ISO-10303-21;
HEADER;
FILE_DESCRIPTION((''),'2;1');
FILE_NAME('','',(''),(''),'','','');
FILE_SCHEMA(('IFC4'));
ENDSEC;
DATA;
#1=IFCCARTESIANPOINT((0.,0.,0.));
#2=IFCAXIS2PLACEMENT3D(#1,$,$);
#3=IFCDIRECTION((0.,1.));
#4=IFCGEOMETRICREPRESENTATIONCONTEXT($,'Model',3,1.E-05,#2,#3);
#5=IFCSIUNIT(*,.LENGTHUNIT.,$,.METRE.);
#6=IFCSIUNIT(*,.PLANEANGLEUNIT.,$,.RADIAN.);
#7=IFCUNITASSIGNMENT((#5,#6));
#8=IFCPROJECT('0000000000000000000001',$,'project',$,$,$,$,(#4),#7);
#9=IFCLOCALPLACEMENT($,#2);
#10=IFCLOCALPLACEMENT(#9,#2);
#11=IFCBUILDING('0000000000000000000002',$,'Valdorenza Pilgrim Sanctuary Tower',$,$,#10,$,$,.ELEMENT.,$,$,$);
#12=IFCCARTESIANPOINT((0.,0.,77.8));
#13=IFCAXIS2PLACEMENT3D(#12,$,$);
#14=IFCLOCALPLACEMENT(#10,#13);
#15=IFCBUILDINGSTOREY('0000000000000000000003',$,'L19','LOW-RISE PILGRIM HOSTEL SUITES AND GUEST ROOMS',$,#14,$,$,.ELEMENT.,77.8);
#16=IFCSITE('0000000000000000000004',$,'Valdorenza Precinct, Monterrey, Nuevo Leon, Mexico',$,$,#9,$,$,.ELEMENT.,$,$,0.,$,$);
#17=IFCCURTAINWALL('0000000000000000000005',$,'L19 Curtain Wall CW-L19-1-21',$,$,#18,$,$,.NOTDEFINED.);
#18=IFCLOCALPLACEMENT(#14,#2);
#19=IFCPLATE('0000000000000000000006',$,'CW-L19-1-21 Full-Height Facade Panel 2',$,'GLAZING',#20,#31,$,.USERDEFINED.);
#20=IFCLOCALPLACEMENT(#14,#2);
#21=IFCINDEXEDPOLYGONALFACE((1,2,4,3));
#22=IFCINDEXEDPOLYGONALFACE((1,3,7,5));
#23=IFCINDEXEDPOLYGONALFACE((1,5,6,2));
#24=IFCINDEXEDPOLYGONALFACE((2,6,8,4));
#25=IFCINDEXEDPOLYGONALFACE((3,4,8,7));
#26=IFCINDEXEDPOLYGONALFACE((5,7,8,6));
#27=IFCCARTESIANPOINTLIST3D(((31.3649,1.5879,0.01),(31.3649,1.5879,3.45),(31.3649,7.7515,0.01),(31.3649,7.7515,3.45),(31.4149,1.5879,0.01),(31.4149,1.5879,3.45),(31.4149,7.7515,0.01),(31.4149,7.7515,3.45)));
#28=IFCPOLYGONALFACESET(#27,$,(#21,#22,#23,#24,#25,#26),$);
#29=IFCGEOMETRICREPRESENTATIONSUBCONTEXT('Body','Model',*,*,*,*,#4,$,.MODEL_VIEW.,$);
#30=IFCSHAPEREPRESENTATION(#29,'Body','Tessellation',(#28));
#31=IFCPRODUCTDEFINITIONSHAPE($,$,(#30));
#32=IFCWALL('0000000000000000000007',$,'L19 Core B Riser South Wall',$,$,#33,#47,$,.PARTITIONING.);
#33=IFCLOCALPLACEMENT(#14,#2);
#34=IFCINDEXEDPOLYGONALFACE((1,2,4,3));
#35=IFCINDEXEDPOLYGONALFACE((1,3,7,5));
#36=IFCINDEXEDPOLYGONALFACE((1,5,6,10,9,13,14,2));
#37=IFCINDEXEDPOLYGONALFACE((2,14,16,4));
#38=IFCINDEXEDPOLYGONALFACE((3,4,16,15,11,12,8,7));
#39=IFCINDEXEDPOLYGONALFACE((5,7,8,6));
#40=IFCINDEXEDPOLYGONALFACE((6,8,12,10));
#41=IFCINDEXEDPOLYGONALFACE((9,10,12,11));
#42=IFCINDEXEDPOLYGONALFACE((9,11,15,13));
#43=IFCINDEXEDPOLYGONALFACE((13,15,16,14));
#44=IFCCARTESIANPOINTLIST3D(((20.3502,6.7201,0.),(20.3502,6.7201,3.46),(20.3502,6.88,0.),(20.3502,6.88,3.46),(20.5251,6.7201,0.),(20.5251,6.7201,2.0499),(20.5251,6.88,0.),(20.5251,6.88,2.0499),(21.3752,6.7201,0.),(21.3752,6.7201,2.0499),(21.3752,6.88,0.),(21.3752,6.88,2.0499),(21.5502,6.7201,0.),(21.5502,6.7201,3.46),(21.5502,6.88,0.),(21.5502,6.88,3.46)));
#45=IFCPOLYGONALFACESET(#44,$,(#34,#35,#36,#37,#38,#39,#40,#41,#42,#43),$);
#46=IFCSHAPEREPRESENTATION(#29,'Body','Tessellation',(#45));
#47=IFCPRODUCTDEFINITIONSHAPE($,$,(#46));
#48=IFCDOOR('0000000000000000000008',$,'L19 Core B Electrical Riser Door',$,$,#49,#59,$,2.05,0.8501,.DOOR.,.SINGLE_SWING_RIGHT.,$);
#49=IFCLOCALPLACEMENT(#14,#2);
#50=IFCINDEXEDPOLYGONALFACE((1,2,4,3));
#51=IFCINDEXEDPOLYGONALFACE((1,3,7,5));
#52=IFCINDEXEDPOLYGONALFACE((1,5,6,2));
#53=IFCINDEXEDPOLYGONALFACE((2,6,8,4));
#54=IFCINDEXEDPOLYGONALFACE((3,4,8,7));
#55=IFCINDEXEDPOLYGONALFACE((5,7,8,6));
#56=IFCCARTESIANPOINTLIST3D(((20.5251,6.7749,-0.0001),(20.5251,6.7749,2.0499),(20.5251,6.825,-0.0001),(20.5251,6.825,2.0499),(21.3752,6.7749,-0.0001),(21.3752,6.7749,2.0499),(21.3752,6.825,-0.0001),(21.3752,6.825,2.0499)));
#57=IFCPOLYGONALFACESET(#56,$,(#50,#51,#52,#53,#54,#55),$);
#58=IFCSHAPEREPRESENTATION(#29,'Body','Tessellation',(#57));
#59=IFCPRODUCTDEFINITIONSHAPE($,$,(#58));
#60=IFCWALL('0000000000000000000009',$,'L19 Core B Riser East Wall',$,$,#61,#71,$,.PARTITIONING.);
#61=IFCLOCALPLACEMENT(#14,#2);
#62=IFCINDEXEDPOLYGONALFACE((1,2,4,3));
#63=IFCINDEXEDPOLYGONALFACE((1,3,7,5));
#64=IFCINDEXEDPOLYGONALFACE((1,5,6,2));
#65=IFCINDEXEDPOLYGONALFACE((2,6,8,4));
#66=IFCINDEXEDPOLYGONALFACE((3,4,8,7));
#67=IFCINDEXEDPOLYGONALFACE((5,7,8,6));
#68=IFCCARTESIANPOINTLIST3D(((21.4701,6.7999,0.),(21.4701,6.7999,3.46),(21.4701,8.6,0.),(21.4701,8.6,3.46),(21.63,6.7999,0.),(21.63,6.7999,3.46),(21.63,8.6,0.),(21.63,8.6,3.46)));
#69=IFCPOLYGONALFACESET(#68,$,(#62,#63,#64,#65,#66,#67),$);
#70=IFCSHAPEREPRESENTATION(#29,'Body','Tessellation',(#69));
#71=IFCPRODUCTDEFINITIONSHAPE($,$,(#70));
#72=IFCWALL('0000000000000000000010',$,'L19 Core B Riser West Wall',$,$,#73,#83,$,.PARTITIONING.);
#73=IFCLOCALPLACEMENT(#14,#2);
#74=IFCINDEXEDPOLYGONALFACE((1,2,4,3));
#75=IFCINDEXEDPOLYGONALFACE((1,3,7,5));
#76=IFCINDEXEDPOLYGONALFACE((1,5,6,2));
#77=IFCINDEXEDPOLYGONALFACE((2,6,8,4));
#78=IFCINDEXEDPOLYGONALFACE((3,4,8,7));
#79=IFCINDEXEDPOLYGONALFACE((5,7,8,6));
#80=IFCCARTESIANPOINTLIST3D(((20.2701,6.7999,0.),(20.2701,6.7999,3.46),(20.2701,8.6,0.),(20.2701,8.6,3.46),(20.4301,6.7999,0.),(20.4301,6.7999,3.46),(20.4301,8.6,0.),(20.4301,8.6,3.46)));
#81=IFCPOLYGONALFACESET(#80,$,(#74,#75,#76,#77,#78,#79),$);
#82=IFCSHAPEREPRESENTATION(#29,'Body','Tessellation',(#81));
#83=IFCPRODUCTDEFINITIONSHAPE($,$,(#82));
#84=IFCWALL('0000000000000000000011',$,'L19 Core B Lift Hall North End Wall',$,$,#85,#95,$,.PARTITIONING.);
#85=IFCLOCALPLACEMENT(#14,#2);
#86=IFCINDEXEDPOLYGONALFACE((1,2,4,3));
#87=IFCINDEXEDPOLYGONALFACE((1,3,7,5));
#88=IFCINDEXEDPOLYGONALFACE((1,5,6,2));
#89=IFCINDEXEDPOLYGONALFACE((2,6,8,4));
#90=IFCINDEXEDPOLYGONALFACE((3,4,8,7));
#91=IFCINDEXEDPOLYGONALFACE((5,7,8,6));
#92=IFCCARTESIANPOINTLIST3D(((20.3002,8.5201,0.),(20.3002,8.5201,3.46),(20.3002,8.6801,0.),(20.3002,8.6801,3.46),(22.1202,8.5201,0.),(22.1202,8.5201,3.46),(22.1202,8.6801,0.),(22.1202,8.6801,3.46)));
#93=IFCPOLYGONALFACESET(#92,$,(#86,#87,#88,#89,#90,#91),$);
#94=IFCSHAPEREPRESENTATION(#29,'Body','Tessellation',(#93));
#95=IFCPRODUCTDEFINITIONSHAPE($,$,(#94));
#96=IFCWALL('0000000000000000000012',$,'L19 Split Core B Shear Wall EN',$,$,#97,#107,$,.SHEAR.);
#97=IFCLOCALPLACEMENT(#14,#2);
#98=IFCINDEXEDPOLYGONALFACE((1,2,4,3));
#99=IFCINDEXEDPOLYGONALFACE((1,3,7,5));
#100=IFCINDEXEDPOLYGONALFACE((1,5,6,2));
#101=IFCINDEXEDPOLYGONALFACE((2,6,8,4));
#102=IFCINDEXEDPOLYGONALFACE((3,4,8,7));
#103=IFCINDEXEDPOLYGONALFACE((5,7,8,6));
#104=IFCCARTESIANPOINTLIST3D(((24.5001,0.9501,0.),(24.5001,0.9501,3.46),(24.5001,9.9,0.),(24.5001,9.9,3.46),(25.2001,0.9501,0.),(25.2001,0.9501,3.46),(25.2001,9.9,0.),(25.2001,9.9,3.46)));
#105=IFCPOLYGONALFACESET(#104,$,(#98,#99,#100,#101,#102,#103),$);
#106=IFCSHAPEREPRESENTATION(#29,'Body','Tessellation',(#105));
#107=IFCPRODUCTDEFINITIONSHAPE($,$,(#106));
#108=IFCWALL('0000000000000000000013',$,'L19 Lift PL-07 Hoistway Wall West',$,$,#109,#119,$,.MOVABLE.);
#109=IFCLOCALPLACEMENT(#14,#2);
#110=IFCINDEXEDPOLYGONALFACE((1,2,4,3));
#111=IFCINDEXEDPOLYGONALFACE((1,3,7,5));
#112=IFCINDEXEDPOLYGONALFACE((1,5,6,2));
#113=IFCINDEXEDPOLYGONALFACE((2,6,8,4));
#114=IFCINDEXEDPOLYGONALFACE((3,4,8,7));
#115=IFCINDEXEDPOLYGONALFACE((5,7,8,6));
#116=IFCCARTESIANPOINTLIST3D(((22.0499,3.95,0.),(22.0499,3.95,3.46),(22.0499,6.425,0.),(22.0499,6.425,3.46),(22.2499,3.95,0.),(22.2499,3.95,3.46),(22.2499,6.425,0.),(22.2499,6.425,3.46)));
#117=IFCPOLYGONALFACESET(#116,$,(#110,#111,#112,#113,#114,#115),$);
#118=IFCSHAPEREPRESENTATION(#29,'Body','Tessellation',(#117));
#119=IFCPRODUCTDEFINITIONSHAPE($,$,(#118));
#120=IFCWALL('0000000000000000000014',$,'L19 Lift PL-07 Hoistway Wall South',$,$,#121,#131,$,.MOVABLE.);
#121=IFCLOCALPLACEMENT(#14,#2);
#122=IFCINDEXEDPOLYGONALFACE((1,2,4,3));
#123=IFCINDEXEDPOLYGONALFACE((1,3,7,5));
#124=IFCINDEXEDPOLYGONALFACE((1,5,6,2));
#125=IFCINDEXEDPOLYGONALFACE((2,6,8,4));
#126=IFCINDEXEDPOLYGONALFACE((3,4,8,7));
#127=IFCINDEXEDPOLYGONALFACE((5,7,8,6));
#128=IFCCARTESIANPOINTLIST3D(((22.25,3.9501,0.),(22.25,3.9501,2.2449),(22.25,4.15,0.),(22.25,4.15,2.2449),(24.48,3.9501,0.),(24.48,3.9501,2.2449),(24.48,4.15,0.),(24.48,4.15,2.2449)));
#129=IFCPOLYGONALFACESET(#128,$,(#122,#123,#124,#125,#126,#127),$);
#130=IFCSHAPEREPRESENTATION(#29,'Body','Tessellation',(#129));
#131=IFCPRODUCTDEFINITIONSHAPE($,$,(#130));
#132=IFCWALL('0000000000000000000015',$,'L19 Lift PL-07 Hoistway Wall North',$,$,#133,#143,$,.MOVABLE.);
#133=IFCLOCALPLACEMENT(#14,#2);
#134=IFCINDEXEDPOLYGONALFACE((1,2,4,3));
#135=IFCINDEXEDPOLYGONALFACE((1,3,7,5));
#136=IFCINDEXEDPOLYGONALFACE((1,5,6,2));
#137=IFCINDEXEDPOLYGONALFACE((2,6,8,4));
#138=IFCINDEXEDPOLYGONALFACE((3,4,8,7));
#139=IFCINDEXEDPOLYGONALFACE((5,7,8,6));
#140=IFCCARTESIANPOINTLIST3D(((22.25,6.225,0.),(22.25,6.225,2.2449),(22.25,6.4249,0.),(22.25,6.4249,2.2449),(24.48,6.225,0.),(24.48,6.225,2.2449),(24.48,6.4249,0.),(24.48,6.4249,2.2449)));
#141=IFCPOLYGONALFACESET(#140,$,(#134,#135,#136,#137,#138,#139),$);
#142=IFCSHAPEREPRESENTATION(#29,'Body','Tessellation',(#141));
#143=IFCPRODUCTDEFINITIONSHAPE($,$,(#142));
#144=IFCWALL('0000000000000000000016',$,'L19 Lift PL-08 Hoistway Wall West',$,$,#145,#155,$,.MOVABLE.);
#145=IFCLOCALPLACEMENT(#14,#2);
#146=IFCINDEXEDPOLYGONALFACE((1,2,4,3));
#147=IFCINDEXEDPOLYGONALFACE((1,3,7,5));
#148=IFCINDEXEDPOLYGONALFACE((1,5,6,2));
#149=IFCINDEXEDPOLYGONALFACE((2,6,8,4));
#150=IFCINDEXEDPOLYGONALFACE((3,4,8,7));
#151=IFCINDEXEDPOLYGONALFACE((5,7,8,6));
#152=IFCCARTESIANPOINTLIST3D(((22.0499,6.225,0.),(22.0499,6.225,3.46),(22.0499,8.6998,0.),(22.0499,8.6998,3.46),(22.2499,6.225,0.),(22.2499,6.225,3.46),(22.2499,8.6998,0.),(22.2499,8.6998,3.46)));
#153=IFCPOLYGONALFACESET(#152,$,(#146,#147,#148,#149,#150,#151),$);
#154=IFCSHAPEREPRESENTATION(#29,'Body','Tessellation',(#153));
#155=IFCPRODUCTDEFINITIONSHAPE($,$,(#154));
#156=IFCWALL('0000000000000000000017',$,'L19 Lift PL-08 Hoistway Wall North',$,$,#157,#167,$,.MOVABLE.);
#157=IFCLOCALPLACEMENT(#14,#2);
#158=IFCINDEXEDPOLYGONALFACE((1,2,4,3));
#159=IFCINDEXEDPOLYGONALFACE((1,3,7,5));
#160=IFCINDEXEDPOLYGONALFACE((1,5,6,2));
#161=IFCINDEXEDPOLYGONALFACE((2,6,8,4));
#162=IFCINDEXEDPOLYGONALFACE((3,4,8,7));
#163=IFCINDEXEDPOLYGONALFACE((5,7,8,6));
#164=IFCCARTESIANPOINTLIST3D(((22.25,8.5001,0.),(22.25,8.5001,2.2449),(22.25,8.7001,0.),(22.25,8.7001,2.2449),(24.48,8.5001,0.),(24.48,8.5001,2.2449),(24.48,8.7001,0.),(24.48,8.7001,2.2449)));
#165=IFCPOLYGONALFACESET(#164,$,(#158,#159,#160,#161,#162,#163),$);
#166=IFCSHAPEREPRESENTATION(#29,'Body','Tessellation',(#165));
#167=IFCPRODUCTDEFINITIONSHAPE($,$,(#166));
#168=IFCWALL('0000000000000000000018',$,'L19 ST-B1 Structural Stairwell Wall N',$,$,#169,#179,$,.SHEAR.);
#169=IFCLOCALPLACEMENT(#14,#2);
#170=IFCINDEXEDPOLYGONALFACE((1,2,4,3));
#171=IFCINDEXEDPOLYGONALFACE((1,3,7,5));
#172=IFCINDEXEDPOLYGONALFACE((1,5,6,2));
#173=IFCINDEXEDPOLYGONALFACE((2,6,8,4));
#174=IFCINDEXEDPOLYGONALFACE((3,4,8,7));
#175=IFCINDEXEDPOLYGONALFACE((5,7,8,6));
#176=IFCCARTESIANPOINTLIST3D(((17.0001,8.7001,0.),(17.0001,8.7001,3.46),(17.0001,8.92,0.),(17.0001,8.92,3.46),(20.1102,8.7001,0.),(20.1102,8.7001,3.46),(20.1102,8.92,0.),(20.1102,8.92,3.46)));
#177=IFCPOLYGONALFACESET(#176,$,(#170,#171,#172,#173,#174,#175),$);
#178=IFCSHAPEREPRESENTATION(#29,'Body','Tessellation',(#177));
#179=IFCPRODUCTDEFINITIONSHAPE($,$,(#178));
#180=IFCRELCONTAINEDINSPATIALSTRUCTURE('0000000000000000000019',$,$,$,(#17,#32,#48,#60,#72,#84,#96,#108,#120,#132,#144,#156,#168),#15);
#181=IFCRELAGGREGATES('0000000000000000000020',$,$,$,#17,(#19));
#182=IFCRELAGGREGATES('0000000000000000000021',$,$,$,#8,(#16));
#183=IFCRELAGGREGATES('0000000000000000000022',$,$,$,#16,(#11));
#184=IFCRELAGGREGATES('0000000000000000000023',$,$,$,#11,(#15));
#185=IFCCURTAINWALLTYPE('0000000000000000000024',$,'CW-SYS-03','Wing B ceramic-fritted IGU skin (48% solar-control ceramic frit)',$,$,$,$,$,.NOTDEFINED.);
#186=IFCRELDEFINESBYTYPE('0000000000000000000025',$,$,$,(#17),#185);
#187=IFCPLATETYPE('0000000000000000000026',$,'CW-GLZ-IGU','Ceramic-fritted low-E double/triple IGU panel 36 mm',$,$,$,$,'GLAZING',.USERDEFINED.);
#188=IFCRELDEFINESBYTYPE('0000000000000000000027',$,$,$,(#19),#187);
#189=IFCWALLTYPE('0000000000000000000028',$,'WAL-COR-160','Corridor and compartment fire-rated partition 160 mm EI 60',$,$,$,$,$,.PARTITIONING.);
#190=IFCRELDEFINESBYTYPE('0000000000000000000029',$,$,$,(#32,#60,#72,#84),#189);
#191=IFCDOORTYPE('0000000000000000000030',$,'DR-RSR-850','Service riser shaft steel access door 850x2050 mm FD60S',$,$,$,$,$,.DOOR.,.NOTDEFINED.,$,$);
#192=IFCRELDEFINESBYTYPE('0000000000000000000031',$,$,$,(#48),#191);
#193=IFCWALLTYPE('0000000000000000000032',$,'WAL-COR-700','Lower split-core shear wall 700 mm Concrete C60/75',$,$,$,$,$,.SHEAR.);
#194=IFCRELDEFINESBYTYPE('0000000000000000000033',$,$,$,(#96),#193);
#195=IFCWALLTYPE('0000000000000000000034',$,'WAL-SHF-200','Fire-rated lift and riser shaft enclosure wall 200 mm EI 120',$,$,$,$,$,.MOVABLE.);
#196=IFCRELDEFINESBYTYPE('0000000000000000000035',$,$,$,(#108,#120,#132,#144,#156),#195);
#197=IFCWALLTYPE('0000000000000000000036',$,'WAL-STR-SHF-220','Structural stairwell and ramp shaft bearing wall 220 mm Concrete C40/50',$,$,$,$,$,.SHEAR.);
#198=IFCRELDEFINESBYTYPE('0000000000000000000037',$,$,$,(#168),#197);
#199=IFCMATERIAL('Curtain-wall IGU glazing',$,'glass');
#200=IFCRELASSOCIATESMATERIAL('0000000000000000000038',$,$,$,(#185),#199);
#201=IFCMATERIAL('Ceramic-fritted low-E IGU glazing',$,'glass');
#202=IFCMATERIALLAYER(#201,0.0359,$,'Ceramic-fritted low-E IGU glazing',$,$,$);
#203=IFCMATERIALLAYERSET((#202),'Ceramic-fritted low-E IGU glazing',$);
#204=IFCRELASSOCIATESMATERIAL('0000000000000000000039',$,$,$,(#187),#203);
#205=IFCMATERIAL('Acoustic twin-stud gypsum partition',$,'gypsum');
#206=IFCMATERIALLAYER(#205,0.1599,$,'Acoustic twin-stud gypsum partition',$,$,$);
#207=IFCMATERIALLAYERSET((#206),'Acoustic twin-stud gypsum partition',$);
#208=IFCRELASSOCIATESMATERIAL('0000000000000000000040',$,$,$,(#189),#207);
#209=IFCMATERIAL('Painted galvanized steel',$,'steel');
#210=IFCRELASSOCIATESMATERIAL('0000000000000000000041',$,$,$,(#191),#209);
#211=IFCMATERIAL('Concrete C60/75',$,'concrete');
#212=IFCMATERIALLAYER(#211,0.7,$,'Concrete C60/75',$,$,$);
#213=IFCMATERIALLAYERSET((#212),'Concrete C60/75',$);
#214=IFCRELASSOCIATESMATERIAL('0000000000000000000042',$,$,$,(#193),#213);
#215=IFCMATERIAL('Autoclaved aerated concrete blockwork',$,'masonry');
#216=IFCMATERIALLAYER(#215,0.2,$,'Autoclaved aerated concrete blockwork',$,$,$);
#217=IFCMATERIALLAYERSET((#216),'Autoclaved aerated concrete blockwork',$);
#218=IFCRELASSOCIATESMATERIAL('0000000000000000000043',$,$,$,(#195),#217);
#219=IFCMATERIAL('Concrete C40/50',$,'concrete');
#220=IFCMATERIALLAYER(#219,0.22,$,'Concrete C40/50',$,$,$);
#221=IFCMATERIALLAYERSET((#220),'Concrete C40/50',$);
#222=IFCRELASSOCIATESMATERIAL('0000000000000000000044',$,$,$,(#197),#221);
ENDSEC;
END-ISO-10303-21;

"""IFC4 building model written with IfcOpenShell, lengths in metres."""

from ifc_helpers import new_model, si_unit, direction, frame, frame_2d, origin, origin_2d, place, context, subcontext, project, spatial, rectangle, extrude, source, transform, mapped, material, layer, layer_set, type_object, element, fill, aggregate, save


model = new_model("IFC4")

# Units and contexts
model_context = context("Model", 3, precision=1e-05, world=origin(), true_north=direction((0.0, 1.0)))
body_context = subcontext(model_context, "Body", "Model", "MODEL_VIEW")
ifc_project = project(units=[si_unit("LENGTHUNIT", "METRE"), si_unit("PLANEANGLEUNIT", "RADIAN")], contexts=[model_context])

# Site, building, storey
site_placement = place(None, origin())
site = spatial("IfcSite", under=ifc_project, at=site_placement, Name="Valdorenza Precinct, Monterrey, Nuevo Leon, Mexico", CompositionType="ELEMENT", RefElevation=0.0)
building_placement = place(site_placement, origin())
building = spatial("IfcBuilding", under=site, at=building_placement, Name="Valdorenza Pilgrim Sanctuary Tower", CompositionType="ELEMENT")
storey_placement = place(building_placement, frame((0.0, 0.0, 77.8)))
storey = spatial("IfcBuildingStorey", under=building, at=storey_placement, Name="L19", Description="LOW-RISE PILGRIM HOSTEL SUITES AND GUEST ROOMS", CompositionType="ELEMENT", Elevation=77.8)

# Curtain wall, plate
ifc_material_1 = material(Name="Curtain-wall IGU glazing", Category="glass")
curtain_wall_type = type_object("IfcCurtainWallType", Name="CW-SYS-03", Description="Wing B ceramic-fritted IGU skin (48% solar-control ceramic frit)", PredefinedType="NOTDEFINED", material=ifc_material_1)
curtain_wall_placement = place(storey_placement, origin())
curtain_wall = element("IfcCurtainWall", 1, at=curtain_wall_placement, inside=storey, type_object=curtain_wall_type, Name="L19 Curtain Wall CW-L19-1-21", PredefinedType="NOTDEFINED")
ifc_material_2 = material(Name="Ceramic-fritted low-E IGU glazing", Category="glass")
ifc_layer_1 = layer(ifc_material_2, 0.0359, Name="Ceramic-fritted low-E IGU glazing")
ifc_layer_set_1 = layer_set([ifc_layer_1], Name="Ceramic-fritted low-E IGU glazing")
plate_type = type_object("IfcPlateType", Name="CW-GLZ-IGU", Description="Ceramic-fritted low-E double/triple IGU panel 36 mm", ElementType="GLAZING", PredefinedType="USERDEFINED", material=ifc_layer_set_1)
shared_shape_1 = source(origin(), body_context, "Body", "SweptSolid", [
    extrude(rectangle(XDim=6.1636, YDim=0.05, at=origin_2d()), origin(), (0.0, 0.0, 1.0), 3.4399),
])
plate_placement = place(storey_placement, frame((31.3899, 4.6697, 0.01), z_axis=(0.0, 0.0, 1.0), x_axis=(0.0, -1.0, 0.0)))
plate = element("IfcPlate", 2, at=plate_placement, type_object=plate_type, Name="CW-L19-1-21 Full-Height Facade Panel 2", ObjectType="GLAZING", PredefinedType="USERDEFINED", context=body_context, shape_type="MappedRepresentation", body=[
    mapped(shared_shape_1, transform((0.0, 0.0, 0.0), x_axis=(1.0, 0.0, 0.0), y_axis=(0.0, 1.0, 0.0), z_axis=(0.0, 0.0, 1.0), scale=1.0)),
])
aggregate(curtain_wall, [plate])

# Wall, opening, door
ifc_material_3 = material(Name="Acoustic twin-stud gypsum partition", Category="gypsum")
ifc_layer_2 = layer(ifc_material_3, 0.1599, Name="Acoustic twin-stud gypsum partition")
ifc_layer_set_2 = layer_set([ifc_layer_2], Name="Acoustic twin-stud gypsum partition")
wall_type_1 = type_object("IfcWallType", Name="WAL-COR-160", Description="Corridor and compartment fire-rated partition 160 mm EI 60", PredefinedType="PARTITIONING", material=ifc_layer_set_2)
wall_1_placement = place(storey_placement, frame((20.3501, 6.8, 0.0), z_axis=(0.0, 0.0, 1.0), x_axis=(1.0, 0.0, 0.0)))
wall_1 = element("IfcWall", 3, at=wall_1_placement, inside=storey, type_object=wall_type_1, Name="L19 Core B Riser South Wall", PredefinedType="PARTITIONING", context=body_context, shape_type="SweptSolid", body=[
    extrude(rectangle(XDim=1.2, YDim=0.1599, at=frame_2d((0.6001, 0.0))), origin(), (0.0, 0.0, 1.0), 3.46),
])
opening_1_placement = place(wall_1_placement, frame((0.175, 0.0, 0.0)))
opening_1 = element("IfcOpeningElement", 4, at=opening_1_placement, cuts=wall_1, PredefinedType="OPENING", context=body_context, shape_type="SweptSolid", body=[
    extrude(rectangle(XDim=0.8501, YDim=2.05, at=frame_2d((0.425, 1.0249))), frame((0.0, 0.0947, 0.0), z_axis=(0.0, -1.0, 0.0), x_axis=(1.0, 0.0, 0.0)), (0.0, 0.0, 1.0), 0.1897),
])
ifc_material_4 = material(Name="Painted galvanized steel", Category="steel")
door_type_1 = type_object("IfcDoorType", Name="DR-RSR-850", Description="Service riser shaft steel access door 850x2050 mm FD60S", OperationType="NOTDEFINED", PredefinedType="DOOR", material=ifc_material_4)
door_1_placement = place(opening_1_placement, origin())
door_1 = element("IfcDoor", 5, at=door_1_placement, inside=storey, type_object=door_type_1, Name="L19 Core B Electrical Riser Door", OperationType="SINGLE_SWING_RIGHT", OverallHeight=2.05, OverallWidth=0.8501, PredefinedType="DOOR", context=body_context, shape_type="SweptSolid", body=[
    extrude(rectangle(XDim=0.8501, YDim=2.05, at=frame_2d((0.425, 1.0249))), frame((0.0, 0.0249, 0.0), z_axis=(0.0, -1.0, 0.0), x_axis=(1.0, 0.0, 0.0)), (0.0, 0.0, 1.0), 0.05),
])
fill(opening_1, door_1)

# Walls
for number, where, z_axis, x_axis, name in (
    (6, (21.55, 6.8, 0.0), (0.0, 0.0, 1.0), (0.0, 1.0, 0.0), "L19 Core B Riser East Wall"),
    (7, (20.3501, 6.8, 0.0), (0.0, 0.0, 1.0), (0.0, 1.0, 0.0), "L19 Core B Riser West Wall"),
):
    element("IfcWall", number, at=place(storey_placement, frame(where, z_axis=z_axis, x_axis=x_axis)), inside=storey, type_object=wall_type_1, Name=name, PredefinedType="PARTITIONING", context=body_context, shape_type="SweptSolid", body=[
        extrude(rectangle(XDim=1.8, YDim=0.1599, at=frame_2d((0.8999, 0.0))), origin(), (0.0, 0.0, 1.0), 3.46),
    ])
wall_2_placement = place(storey_placement, frame((20.3, 8.6001, 0.0), z_axis=(0.0, 0.0, 1.0), x_axis=(1.0, 0.0, 0.0)))
element("IfcWall", 8, at=wall_2_placement, inside=storey, type_object=wall_type_1, Name="L19 Core B Lift Hall North End Wall", PredefinedType="PARTITIONING", context=body_context, shape_type="SweptSolid", body=[
    extrude(rectangle(XDim=1.8201, YDim=0.1599, at=frame_2d((0.9102, 0.0))), origin(), (0.0, 0.0, 1.0), 3.46),
])
ifc_material_5 = material(Name="Concrete C60/75", Category="concrete")
ifc_layer_3 = layer(ifc_material_5, 0.7, Name="Concrete C60/75")
ifc_layer_set_3 = layer_set([ifc_layer_3], Name="Concrete C60/75")
wall_type_2 = type_object("IfcWallType", Name="WAL-COR-700", Description="Lower split-core shear wall 700 mm Concrete C60/75", PredefinedType="SHEAR", material=ifc_layer_set_3)
wall_3_placement = place(storey_placement, frame((24.8501, 0.95, 0.0), z_axis=(0.0, 0.0, 1.0), x_axis=(0.0, 1.0, 0.0)))
element("IfcWall", 9, at=wall_3_placement, inside=storey, type_object=wall_type_2, Name="L19 Split Core B Shear Wall EN", PredefinedType="SHEAR", context=body_context, shape_type="SweptSolid", body=[
    extrude(rectangle(XDim=8.95, YDim=0.7, at=frame_2d((4.4751, 0.0))), origin(), (0.0, 0.0, 1.0), 3.46),
])
ifc_material_6 = material(Name="Autoclaved aerated concrete blockwork", Category="masonry")
ifc_layer_4 = layer(ifc_material_6, 0.2, Name="Autoclaved aerated concrete blockwork")
ifc_layer_set_4 = layer_set([ifc_layer_4], Name="Autoclaved aerated concrete blockwork")
wall_type_3 = type_object("IfcWallType", Name="WAL-SHF-200", Description="Fire-rated lift and riser shaft enclosure wall 200 mm EI 120", PredefinedType="MOVABLE", material=ifc_layer_set_4)
wall_4_placement = place(storey_placement, frame((22.1499, 3.95, 0.0), z_axis=(0.0, 0.0, 1.0), x_axis=(0.0, 1.0, 0.0)))
element("IfcWall", 10, at=wall_4_placement, inside=storey, type_object=wall_type_3, Name="L19 Lift PL-07 Hoistway Wall West", PredefinedType="MOVABLE", context=body_context, shape_type="SweptSolid", body=[
    extrude(rectangle(XDim=2.4751, YDim=0.2, at=frame_2d((1.2375, 0.0))), origin(), (0.0, 0.0, 1.0), 3.46),
])
for number, where, z_axis, x_axis, name in (
    (11, (22.25, 4.05, 0.0), (0.0, 0.0, 1.0), (1.0, 0.0, 0.0), "L19 Lift PL-07 Hoistway Wall South"),
    (12, (22.25, 6.325, 0.0), (0.0, 0.0, 1.0), (1.0, 0.0, 0.0), "L19 Lift PL-07 Hoistway Wall North"),
):
    element("IfcWall", number, at=place(storey_placement, frame(where, z_axis=z_axis, x_axis=x_axis)), inside=storey, type_object=wall_type_3, Name=name, PredefinedType="MOVABLE", context=body_context, shape_type="SweptSolid", body=[
        extrude(rectangle(XDim=2.23, YDim=0.2, at=frame_2d((1.115, 0.0))), origin(), (0.0, 0.0, 1.0), 2.2449),
    ])
wall_5_placement = place(storey_placement, frame((22.1499, 6.2251, 0.0), z_axis=(0.0, 0.0, 1.0), x_axis=(0.0, 1.0, 0.0)))
element("IfcWall", 13, at=wall_5_placement, inside=storey, type_object=wall_type_3, Name="L19 Lift PL-08 Hoistway Wall West", PredefinedType="MOVABLE", context=body_context, shape_type="SweptSolid", body=[
    extrude(rectangle(XDim=2.4749, YDim=0.2, at=frame_2d((1.2373, 0.0))), origin(), (0.0, 0.0, 1.0), 3.46),
])
wall_6_placement = place(storey_placement, frame((22.25, 8.6001, 0.0), z_axis=(0.0, 0.0, 1.0), x_axis=(1.0, 0.0, 0.0)))
element("IfcWall", 14, at=wall_6_placement, inside=storey, type_object=wall_type_3, Name="L19 Lift PL-08 Hoistway Wall North", PredefinedType="MOVABLE", context=body_context, shape_type="SweptSolid", body=[
    extrude(rectangle(XDim=2.23, YDim=0.2, at=frame_2d((1.115, 0.0))), origin(), (0.0, 0.0, 1.0), 2.2449),
])

# Shared definitions
ifc_material_7 = material(Name="Concrete C40/50", Category="concrete")
ifc_layer_5 = layer(ifc_material_7, 0.22, Name="Concrete C40/50")
ifc_layer_set_5 = layer_set([ifc_layer_5], Name="Concrete C40/50")
wall_type_4 = type_object("IfcWallType", Name="WAL-STR-SHF-220", Description="Structural stairwell and ramp shaft bearing wall 220 mm Concrete C40/50", PredefinedType="SHEAR", material=ifc_layer_set_5)

# Wall
wall_7_placement = place(storey_placement, frame((17.0, 8.8101, 0.0), z_axis=(0.0, 0.0, 1.0), x_axis=(1.0, 0.0, 0.0)))
element("IfcWall", 15, at=wall_7_placement, inside=storey, type_object=wall_type_4, Name="L19 ST-B1 Structural Stairwell Wall N", PredefinedType="SHEAR", context=body_context, shape_type="SweptSolid", body=[
    extrude(rectangle(XDim=3.1101, YDim=0.22, at=frame_2d((1.5552, 0.0))), origin(), (0.0, 0.0, 1.0), 3.46),
])

save(model, "model.ifc")
